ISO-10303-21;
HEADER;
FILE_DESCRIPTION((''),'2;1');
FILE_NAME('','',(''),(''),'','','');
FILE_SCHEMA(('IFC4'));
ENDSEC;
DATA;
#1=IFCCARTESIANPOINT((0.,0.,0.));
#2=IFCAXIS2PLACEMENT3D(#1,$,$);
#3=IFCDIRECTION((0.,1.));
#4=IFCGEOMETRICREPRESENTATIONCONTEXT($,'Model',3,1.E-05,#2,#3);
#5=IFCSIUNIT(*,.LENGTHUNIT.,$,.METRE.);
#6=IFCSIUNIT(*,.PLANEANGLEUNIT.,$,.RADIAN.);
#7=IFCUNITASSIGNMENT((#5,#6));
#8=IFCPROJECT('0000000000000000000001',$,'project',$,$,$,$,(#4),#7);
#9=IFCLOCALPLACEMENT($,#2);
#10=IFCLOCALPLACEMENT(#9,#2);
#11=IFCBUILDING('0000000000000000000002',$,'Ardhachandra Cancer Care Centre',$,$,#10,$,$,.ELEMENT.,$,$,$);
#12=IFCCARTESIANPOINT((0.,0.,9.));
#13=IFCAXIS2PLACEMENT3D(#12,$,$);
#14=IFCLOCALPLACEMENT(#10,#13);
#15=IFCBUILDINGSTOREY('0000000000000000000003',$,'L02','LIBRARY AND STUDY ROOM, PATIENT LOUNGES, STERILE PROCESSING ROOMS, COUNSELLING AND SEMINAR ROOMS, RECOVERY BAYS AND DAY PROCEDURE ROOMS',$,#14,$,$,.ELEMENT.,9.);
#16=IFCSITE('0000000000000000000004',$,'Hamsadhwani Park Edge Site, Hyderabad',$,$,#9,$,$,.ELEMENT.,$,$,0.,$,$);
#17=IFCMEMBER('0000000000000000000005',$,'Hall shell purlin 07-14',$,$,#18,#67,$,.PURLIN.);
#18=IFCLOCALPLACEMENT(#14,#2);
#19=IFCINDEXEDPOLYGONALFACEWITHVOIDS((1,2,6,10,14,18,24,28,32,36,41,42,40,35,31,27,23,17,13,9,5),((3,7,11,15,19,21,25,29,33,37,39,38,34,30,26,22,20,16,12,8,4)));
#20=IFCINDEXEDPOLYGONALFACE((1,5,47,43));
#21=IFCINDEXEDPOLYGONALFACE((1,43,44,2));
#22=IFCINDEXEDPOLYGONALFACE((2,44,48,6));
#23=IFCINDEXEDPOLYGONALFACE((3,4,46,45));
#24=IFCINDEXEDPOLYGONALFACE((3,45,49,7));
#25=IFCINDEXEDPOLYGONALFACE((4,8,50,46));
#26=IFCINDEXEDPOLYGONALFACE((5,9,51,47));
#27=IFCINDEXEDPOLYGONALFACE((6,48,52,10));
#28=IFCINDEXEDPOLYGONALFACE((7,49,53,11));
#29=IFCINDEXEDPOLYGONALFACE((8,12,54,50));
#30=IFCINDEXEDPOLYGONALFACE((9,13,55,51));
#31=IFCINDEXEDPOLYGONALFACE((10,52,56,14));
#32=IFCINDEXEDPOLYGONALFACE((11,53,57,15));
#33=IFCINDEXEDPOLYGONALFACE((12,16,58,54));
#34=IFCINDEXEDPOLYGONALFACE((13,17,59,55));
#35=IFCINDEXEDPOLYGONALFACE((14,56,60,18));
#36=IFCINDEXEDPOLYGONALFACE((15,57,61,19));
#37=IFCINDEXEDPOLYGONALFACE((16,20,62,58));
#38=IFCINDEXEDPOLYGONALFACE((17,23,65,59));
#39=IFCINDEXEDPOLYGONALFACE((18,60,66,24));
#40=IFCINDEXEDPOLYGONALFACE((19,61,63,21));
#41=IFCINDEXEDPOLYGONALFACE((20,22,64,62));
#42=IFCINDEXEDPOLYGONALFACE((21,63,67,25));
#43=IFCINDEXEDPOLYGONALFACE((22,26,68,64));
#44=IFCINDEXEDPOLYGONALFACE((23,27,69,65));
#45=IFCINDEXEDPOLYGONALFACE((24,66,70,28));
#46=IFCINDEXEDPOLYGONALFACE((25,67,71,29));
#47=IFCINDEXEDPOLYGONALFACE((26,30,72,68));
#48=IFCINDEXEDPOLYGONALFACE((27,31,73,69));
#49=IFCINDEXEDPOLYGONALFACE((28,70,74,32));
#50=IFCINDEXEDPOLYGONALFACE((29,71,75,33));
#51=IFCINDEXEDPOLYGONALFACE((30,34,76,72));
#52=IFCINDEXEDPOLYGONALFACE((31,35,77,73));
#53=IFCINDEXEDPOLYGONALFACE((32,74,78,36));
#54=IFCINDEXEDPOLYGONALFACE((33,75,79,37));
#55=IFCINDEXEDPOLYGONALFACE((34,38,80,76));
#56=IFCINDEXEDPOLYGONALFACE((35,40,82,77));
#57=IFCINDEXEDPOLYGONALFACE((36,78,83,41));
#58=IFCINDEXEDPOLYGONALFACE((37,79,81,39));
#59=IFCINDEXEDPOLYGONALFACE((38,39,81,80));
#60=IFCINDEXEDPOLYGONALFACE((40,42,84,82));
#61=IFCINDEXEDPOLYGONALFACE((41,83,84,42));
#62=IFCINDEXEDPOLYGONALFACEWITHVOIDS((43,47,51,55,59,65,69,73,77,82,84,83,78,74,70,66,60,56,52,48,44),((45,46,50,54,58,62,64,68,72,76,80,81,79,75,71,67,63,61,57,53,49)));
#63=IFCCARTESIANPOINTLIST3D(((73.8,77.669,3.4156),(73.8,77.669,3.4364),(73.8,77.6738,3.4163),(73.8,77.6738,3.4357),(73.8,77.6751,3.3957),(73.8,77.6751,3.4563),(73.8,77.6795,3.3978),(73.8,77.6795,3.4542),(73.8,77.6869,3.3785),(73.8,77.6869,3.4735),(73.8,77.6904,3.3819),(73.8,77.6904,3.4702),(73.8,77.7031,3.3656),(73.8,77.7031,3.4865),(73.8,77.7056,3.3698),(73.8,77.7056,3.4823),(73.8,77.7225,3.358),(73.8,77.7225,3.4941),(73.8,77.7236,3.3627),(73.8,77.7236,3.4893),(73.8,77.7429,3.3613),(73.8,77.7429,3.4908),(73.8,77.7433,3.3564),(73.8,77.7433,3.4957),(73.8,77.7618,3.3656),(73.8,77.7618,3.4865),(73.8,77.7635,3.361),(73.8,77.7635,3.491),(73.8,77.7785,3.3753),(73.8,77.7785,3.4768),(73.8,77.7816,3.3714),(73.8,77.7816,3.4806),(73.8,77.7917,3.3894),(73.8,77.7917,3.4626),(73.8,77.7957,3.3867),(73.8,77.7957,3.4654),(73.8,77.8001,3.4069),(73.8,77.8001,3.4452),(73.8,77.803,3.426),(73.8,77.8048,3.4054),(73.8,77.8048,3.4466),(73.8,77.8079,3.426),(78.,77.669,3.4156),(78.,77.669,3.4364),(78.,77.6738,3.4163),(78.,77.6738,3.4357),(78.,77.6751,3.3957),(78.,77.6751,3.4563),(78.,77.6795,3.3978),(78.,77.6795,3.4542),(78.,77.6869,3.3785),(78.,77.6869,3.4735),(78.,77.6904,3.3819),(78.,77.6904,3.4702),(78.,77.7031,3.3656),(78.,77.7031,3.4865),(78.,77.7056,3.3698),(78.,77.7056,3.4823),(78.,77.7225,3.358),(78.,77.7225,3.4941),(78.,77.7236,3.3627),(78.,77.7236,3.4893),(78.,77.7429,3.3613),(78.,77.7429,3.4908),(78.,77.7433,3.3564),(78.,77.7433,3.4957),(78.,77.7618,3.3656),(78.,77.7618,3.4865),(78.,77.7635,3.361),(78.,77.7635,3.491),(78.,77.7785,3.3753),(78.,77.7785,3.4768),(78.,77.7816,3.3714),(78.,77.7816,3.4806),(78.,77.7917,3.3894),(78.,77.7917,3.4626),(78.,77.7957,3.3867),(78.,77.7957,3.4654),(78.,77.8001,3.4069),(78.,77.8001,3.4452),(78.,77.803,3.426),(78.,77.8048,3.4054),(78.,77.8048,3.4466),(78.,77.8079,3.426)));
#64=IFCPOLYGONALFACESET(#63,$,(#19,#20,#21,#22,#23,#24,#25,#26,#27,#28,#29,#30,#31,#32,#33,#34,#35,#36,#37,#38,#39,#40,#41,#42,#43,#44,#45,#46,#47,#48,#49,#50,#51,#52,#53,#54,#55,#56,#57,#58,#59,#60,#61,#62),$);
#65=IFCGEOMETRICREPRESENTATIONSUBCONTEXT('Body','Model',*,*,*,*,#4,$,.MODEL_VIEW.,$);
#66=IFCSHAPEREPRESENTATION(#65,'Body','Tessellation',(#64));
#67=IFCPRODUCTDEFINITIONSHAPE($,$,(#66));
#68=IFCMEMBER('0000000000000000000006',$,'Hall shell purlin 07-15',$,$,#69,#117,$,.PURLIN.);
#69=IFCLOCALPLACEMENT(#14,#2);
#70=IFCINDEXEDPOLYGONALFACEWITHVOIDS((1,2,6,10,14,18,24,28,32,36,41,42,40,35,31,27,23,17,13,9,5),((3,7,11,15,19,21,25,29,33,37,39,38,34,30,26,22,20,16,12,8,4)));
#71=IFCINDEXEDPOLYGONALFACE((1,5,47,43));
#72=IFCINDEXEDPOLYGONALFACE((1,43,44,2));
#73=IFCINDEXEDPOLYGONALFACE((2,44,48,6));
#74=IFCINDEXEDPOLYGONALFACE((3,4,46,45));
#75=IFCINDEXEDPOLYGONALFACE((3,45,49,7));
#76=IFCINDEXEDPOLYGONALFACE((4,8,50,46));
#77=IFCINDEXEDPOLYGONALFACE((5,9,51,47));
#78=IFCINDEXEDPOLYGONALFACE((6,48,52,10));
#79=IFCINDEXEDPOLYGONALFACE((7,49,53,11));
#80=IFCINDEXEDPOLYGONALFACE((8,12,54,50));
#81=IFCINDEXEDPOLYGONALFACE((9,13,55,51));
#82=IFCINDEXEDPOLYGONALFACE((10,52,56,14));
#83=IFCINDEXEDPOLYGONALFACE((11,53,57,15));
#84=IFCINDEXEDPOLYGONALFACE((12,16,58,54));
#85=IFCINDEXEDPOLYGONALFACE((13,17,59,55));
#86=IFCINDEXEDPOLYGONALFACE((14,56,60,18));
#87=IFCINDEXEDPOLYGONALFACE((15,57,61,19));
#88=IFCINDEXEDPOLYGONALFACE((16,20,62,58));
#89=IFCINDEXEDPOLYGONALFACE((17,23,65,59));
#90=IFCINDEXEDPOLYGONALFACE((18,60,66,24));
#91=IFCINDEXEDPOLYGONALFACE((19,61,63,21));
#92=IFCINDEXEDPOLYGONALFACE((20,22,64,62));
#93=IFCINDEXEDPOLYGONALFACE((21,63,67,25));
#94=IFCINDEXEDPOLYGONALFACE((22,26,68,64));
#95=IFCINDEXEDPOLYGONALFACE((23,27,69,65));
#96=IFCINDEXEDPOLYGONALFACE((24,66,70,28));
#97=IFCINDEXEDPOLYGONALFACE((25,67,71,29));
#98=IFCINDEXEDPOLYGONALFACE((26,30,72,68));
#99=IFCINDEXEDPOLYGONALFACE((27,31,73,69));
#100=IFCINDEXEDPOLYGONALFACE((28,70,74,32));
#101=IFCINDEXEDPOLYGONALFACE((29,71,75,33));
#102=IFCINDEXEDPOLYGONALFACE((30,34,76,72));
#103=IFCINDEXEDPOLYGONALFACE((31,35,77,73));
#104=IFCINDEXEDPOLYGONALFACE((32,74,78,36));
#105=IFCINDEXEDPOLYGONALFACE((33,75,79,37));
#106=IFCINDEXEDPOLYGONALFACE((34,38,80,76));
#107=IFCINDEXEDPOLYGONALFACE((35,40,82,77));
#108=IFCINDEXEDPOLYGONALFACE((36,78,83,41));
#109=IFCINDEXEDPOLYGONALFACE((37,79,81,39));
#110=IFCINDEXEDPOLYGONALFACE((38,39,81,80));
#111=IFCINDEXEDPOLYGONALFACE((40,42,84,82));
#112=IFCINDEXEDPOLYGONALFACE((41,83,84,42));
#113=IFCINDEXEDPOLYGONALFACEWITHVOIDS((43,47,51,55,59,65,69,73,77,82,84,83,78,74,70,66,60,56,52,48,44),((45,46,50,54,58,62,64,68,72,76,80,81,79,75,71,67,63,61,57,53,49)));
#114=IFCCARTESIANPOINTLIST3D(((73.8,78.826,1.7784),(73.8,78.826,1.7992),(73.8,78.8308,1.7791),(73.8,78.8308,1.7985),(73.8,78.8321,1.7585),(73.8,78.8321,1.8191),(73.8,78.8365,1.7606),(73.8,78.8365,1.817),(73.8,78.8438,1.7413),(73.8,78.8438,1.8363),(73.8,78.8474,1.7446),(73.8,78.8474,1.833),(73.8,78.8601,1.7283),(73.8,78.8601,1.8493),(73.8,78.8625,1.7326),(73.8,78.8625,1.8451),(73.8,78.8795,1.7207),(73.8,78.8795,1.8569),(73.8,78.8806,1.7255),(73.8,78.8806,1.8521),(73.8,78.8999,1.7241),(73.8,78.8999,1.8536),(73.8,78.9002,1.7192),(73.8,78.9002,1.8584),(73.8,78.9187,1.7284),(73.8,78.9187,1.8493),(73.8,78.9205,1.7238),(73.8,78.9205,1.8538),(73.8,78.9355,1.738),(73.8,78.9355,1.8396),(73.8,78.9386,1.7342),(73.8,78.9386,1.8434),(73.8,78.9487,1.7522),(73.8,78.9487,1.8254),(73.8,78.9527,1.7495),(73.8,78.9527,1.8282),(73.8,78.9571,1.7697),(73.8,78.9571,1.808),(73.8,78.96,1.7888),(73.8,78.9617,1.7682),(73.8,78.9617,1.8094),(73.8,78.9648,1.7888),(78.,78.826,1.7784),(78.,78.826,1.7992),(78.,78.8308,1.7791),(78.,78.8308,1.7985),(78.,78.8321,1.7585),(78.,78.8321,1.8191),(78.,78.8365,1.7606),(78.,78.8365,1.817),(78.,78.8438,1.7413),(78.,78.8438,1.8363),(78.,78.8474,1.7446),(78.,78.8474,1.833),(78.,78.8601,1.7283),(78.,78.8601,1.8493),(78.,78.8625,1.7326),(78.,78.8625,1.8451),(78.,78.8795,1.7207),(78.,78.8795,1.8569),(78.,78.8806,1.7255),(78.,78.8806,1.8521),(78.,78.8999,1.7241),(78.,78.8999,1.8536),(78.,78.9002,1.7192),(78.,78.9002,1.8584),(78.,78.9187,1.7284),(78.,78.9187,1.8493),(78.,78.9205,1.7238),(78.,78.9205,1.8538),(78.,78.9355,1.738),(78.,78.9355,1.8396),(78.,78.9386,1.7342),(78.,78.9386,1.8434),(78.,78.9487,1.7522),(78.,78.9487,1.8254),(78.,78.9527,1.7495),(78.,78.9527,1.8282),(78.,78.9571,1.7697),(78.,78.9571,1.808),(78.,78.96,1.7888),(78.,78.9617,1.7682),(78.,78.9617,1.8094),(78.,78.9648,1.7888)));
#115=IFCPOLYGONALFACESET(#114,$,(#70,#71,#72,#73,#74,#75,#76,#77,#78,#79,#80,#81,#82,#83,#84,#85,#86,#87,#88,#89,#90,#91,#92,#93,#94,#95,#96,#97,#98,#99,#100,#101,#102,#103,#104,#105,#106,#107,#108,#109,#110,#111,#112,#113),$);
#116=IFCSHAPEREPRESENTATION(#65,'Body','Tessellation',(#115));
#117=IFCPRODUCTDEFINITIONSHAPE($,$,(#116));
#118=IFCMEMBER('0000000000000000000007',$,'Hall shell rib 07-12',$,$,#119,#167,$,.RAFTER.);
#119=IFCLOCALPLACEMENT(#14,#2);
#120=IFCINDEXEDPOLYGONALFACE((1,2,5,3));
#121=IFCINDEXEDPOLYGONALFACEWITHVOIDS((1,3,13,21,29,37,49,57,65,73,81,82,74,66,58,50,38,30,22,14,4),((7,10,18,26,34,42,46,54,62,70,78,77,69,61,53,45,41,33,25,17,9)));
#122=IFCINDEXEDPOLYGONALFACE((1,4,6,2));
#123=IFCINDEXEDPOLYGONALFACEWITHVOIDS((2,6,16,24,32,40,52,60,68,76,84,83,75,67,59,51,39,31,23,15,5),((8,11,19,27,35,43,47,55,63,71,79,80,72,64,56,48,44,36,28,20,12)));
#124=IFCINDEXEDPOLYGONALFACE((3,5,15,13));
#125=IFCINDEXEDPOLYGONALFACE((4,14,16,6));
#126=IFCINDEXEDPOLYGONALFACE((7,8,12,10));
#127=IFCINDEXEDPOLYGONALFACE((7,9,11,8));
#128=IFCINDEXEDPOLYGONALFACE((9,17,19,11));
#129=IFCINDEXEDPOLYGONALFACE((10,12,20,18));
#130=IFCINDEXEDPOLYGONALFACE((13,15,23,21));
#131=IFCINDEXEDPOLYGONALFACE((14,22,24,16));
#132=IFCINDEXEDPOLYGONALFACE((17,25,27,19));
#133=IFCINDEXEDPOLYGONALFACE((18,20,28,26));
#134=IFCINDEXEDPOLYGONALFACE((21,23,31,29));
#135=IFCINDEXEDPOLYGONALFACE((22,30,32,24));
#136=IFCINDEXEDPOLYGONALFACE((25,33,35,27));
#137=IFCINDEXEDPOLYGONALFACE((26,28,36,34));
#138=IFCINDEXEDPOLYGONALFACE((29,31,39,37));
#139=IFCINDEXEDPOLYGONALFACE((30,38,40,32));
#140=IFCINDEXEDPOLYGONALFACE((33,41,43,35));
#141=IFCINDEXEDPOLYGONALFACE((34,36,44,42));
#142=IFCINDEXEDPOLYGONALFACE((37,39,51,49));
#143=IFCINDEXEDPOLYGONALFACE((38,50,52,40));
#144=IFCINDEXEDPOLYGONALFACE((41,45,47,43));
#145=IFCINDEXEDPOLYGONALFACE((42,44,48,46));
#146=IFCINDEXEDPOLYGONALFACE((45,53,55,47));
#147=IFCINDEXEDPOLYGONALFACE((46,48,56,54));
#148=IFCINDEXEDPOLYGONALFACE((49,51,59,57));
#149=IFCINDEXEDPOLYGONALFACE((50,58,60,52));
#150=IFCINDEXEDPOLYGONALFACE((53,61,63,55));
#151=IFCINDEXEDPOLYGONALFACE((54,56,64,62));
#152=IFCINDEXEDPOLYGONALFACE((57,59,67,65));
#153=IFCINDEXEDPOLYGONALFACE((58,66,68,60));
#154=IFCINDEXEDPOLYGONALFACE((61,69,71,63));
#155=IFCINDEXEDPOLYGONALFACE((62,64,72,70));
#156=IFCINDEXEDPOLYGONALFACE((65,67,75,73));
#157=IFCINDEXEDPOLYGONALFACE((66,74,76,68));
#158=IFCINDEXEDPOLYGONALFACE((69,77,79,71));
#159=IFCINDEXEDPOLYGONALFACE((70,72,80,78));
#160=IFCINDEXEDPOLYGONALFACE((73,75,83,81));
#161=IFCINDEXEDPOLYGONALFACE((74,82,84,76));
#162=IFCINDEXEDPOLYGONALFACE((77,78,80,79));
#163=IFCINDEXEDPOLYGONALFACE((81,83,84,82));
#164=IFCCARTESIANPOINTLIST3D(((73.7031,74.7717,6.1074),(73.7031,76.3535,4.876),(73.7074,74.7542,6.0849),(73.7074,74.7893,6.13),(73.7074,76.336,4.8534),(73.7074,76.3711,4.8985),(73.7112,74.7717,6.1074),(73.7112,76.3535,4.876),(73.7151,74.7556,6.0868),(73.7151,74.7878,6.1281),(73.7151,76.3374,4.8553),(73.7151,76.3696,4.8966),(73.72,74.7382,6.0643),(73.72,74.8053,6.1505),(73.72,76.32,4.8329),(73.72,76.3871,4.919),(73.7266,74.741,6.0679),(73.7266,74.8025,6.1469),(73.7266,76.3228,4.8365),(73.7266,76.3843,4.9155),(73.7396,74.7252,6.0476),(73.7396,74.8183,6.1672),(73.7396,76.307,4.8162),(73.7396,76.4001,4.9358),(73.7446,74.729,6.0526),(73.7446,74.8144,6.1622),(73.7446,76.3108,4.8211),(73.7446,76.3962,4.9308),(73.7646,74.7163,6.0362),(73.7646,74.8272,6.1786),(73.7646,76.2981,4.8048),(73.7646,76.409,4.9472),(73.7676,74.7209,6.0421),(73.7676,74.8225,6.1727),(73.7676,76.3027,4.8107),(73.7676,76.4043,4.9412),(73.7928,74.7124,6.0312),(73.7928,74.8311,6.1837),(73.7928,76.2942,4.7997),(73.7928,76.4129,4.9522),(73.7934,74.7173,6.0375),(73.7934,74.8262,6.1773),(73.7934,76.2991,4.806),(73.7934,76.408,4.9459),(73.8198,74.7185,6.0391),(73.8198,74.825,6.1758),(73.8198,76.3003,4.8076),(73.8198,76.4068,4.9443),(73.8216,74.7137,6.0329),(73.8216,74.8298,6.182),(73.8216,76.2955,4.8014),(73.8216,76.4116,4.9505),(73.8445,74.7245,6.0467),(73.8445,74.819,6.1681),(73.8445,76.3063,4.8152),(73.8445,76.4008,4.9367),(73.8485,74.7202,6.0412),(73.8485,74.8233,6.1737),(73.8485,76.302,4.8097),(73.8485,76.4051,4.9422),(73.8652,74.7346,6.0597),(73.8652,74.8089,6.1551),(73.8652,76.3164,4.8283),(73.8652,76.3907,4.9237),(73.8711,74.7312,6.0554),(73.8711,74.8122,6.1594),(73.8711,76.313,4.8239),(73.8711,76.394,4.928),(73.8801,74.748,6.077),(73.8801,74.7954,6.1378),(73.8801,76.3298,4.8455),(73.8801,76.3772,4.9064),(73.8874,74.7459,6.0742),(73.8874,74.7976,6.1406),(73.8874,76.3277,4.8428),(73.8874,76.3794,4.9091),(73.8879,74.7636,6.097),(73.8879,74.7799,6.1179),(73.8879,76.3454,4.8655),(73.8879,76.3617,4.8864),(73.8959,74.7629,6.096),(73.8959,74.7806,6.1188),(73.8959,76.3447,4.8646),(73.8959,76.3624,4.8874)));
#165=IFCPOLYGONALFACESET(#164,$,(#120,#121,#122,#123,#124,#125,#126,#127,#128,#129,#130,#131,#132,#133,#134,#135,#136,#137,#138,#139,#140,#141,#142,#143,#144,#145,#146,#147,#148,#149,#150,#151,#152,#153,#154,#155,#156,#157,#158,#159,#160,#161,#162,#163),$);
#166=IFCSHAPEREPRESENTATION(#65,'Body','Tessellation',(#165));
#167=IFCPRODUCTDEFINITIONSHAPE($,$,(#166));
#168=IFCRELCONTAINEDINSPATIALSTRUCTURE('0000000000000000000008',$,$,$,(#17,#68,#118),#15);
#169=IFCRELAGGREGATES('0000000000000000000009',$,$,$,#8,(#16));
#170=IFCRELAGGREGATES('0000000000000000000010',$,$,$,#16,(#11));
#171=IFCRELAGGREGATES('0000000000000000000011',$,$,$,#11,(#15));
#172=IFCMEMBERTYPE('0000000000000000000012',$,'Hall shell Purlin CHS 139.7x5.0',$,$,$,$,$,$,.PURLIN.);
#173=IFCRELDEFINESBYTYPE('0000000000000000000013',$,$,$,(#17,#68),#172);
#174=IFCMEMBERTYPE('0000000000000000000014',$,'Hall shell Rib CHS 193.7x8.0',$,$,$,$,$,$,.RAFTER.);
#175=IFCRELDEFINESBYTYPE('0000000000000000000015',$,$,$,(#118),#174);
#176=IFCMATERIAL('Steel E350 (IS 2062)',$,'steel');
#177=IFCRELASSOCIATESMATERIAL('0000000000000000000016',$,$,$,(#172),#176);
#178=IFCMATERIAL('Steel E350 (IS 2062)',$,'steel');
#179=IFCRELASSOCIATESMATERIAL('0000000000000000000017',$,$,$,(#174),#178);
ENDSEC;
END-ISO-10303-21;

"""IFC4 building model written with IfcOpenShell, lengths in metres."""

from ifc_helpers import new_model, si_unit, direction, frame, origin, origin_2d, place, context, subcontext, project, spatial, hollow_circle, extrude, material, material_profile, profile_set, type_object, element, save


model = new_model("IFC4")

# Units and contexts
model_context = context("Model", 3, precision=1e-05, world=origin(), true_north=direction((0.0, 1.0)))
body_context = subcontext(model_context, "Body", "Model", "MODEL_VIEW")
ifc_project = project(units=[si_unit("LENGTHUNIT", "METRE"), si_unit("PLANEANGLEUNIT", "RADIAN")], contexts=[model_context])

# Site, building, storey
site_placement = place(None, origin())
site = spatial("IfcSite", under=ifc_project, at=site_placement, Name="Hamsadhwani Park Edge Site, Hyderabad", CompositionType="ELEMENT", RefElevation=0.0)
building_placement = place(site_placement, origin())
building = spatial("IfcBuilding", under=site, at=building_placement, Name="Ardhachandra Cancer Care Centre", CompositionType="ELEMENT")
storey_placement = place(building_placement, frame((0.0, 0.0, 9.0)))
storey = spatial("IfcBuildingStorey", under=building, at=storey_placement, Name="L02", Description="LIBRARY AND STUDY ROOM, PATIENT LOUNGES, STERILE PROCESSING ROOMS, COUNSELLING AND SEMINAR ROOMS, RECOVERY BAYS AND DAY PROCEDURE ROOMS", CompositionType="ELEMENT", Elevation=9.0)

# Members
ifc_material_1 = material(Name="Steel E350 (IS 2062)", Category="steel")
ifc_material_profile_1 = material_profile(ifc_material_1, hollow_circle(Radius=0.0698, WallThickness=0.0049, at=origin_2d()), Name="CHS 139.7x5.0")
ifc_profile_set_1 = profile_set([ifc_material_profile_1], Name="Steel E350 (IS 2062)")
member_type_1 = type_object("IfcMemberType", Name="Hall shell Purlin CHS 139.7x5.0", PredefinedType="PURLIN", material=ifc_profile_set_1)
for number, where, z_axis, x_axis, name in (
    (1, (73.8, 77.738, 3.426), (1.0, 0.0, 0.0), (0.0, 1.0, 0.0), "Hall shell purlin 07-14"),
    (2, (73.8, 78.895, 1.7888), (1.0, 0.0, 0.0), (0.0, 1.0, 0.0), "Hall shell purlin 07-15"),
):
    element("IfcMember", number, at=place(storey_placement, frame(where, z_axis=z_axis, x_axis=x_axis)), inside=storey, type_object=member_type_1, Name=name, PredefinedType="PURLIN", context=body_context, shape_type="SweptSolid", body=[
        extrude(hollow_circle(Radius=0.0698, WallThickness=0.0049, at=origin_2d()), origin(), (0.0, 0.0, 1.0), 4.2),
    ])
ifc_material_2 = material(Name="Steel E350 (IS 2062)", Category="steel")
ifc_material_profile_2 = material_profile(ifc_material_2, hollow_circle(Radius=0.0969, WallThickness=0.0081, at=origin_2d()), Name="CHS 193.7x8.0")
ifc_profile_set_2 = profile_set([ifc_material_profile_2], Name="Steel E350 (IS 2062)")
member_type_2 = type_object("IfcMemberType", Name="Hall shell Rib CHS 193.7x8.0", PredefinedType="RAFTER", material=ifc_profile_set_2)
member_1_placement = place(storey_placement, frame((73.8, 74.7717, 6.1074), z_axis=(0.0, 0.78907, -0.614303), x_axis=(-1.0, 0.0, 0.0)))
element("IfcMember", 3, at=member_1_placement, inside=storey, type_object=member_type_2, Name="Hall shell rib 07-12", PredefinedType="RAFTER", context=body_context, shape_type="SweptSolid", body=[
    extrude(hollow_circle(Radius=0.0969, WallThickness=0.0081, at=origin_2d()), origin(), (0.0, 0.0, 1.0), 2.0046),
])

save(model, "model.ifc")
